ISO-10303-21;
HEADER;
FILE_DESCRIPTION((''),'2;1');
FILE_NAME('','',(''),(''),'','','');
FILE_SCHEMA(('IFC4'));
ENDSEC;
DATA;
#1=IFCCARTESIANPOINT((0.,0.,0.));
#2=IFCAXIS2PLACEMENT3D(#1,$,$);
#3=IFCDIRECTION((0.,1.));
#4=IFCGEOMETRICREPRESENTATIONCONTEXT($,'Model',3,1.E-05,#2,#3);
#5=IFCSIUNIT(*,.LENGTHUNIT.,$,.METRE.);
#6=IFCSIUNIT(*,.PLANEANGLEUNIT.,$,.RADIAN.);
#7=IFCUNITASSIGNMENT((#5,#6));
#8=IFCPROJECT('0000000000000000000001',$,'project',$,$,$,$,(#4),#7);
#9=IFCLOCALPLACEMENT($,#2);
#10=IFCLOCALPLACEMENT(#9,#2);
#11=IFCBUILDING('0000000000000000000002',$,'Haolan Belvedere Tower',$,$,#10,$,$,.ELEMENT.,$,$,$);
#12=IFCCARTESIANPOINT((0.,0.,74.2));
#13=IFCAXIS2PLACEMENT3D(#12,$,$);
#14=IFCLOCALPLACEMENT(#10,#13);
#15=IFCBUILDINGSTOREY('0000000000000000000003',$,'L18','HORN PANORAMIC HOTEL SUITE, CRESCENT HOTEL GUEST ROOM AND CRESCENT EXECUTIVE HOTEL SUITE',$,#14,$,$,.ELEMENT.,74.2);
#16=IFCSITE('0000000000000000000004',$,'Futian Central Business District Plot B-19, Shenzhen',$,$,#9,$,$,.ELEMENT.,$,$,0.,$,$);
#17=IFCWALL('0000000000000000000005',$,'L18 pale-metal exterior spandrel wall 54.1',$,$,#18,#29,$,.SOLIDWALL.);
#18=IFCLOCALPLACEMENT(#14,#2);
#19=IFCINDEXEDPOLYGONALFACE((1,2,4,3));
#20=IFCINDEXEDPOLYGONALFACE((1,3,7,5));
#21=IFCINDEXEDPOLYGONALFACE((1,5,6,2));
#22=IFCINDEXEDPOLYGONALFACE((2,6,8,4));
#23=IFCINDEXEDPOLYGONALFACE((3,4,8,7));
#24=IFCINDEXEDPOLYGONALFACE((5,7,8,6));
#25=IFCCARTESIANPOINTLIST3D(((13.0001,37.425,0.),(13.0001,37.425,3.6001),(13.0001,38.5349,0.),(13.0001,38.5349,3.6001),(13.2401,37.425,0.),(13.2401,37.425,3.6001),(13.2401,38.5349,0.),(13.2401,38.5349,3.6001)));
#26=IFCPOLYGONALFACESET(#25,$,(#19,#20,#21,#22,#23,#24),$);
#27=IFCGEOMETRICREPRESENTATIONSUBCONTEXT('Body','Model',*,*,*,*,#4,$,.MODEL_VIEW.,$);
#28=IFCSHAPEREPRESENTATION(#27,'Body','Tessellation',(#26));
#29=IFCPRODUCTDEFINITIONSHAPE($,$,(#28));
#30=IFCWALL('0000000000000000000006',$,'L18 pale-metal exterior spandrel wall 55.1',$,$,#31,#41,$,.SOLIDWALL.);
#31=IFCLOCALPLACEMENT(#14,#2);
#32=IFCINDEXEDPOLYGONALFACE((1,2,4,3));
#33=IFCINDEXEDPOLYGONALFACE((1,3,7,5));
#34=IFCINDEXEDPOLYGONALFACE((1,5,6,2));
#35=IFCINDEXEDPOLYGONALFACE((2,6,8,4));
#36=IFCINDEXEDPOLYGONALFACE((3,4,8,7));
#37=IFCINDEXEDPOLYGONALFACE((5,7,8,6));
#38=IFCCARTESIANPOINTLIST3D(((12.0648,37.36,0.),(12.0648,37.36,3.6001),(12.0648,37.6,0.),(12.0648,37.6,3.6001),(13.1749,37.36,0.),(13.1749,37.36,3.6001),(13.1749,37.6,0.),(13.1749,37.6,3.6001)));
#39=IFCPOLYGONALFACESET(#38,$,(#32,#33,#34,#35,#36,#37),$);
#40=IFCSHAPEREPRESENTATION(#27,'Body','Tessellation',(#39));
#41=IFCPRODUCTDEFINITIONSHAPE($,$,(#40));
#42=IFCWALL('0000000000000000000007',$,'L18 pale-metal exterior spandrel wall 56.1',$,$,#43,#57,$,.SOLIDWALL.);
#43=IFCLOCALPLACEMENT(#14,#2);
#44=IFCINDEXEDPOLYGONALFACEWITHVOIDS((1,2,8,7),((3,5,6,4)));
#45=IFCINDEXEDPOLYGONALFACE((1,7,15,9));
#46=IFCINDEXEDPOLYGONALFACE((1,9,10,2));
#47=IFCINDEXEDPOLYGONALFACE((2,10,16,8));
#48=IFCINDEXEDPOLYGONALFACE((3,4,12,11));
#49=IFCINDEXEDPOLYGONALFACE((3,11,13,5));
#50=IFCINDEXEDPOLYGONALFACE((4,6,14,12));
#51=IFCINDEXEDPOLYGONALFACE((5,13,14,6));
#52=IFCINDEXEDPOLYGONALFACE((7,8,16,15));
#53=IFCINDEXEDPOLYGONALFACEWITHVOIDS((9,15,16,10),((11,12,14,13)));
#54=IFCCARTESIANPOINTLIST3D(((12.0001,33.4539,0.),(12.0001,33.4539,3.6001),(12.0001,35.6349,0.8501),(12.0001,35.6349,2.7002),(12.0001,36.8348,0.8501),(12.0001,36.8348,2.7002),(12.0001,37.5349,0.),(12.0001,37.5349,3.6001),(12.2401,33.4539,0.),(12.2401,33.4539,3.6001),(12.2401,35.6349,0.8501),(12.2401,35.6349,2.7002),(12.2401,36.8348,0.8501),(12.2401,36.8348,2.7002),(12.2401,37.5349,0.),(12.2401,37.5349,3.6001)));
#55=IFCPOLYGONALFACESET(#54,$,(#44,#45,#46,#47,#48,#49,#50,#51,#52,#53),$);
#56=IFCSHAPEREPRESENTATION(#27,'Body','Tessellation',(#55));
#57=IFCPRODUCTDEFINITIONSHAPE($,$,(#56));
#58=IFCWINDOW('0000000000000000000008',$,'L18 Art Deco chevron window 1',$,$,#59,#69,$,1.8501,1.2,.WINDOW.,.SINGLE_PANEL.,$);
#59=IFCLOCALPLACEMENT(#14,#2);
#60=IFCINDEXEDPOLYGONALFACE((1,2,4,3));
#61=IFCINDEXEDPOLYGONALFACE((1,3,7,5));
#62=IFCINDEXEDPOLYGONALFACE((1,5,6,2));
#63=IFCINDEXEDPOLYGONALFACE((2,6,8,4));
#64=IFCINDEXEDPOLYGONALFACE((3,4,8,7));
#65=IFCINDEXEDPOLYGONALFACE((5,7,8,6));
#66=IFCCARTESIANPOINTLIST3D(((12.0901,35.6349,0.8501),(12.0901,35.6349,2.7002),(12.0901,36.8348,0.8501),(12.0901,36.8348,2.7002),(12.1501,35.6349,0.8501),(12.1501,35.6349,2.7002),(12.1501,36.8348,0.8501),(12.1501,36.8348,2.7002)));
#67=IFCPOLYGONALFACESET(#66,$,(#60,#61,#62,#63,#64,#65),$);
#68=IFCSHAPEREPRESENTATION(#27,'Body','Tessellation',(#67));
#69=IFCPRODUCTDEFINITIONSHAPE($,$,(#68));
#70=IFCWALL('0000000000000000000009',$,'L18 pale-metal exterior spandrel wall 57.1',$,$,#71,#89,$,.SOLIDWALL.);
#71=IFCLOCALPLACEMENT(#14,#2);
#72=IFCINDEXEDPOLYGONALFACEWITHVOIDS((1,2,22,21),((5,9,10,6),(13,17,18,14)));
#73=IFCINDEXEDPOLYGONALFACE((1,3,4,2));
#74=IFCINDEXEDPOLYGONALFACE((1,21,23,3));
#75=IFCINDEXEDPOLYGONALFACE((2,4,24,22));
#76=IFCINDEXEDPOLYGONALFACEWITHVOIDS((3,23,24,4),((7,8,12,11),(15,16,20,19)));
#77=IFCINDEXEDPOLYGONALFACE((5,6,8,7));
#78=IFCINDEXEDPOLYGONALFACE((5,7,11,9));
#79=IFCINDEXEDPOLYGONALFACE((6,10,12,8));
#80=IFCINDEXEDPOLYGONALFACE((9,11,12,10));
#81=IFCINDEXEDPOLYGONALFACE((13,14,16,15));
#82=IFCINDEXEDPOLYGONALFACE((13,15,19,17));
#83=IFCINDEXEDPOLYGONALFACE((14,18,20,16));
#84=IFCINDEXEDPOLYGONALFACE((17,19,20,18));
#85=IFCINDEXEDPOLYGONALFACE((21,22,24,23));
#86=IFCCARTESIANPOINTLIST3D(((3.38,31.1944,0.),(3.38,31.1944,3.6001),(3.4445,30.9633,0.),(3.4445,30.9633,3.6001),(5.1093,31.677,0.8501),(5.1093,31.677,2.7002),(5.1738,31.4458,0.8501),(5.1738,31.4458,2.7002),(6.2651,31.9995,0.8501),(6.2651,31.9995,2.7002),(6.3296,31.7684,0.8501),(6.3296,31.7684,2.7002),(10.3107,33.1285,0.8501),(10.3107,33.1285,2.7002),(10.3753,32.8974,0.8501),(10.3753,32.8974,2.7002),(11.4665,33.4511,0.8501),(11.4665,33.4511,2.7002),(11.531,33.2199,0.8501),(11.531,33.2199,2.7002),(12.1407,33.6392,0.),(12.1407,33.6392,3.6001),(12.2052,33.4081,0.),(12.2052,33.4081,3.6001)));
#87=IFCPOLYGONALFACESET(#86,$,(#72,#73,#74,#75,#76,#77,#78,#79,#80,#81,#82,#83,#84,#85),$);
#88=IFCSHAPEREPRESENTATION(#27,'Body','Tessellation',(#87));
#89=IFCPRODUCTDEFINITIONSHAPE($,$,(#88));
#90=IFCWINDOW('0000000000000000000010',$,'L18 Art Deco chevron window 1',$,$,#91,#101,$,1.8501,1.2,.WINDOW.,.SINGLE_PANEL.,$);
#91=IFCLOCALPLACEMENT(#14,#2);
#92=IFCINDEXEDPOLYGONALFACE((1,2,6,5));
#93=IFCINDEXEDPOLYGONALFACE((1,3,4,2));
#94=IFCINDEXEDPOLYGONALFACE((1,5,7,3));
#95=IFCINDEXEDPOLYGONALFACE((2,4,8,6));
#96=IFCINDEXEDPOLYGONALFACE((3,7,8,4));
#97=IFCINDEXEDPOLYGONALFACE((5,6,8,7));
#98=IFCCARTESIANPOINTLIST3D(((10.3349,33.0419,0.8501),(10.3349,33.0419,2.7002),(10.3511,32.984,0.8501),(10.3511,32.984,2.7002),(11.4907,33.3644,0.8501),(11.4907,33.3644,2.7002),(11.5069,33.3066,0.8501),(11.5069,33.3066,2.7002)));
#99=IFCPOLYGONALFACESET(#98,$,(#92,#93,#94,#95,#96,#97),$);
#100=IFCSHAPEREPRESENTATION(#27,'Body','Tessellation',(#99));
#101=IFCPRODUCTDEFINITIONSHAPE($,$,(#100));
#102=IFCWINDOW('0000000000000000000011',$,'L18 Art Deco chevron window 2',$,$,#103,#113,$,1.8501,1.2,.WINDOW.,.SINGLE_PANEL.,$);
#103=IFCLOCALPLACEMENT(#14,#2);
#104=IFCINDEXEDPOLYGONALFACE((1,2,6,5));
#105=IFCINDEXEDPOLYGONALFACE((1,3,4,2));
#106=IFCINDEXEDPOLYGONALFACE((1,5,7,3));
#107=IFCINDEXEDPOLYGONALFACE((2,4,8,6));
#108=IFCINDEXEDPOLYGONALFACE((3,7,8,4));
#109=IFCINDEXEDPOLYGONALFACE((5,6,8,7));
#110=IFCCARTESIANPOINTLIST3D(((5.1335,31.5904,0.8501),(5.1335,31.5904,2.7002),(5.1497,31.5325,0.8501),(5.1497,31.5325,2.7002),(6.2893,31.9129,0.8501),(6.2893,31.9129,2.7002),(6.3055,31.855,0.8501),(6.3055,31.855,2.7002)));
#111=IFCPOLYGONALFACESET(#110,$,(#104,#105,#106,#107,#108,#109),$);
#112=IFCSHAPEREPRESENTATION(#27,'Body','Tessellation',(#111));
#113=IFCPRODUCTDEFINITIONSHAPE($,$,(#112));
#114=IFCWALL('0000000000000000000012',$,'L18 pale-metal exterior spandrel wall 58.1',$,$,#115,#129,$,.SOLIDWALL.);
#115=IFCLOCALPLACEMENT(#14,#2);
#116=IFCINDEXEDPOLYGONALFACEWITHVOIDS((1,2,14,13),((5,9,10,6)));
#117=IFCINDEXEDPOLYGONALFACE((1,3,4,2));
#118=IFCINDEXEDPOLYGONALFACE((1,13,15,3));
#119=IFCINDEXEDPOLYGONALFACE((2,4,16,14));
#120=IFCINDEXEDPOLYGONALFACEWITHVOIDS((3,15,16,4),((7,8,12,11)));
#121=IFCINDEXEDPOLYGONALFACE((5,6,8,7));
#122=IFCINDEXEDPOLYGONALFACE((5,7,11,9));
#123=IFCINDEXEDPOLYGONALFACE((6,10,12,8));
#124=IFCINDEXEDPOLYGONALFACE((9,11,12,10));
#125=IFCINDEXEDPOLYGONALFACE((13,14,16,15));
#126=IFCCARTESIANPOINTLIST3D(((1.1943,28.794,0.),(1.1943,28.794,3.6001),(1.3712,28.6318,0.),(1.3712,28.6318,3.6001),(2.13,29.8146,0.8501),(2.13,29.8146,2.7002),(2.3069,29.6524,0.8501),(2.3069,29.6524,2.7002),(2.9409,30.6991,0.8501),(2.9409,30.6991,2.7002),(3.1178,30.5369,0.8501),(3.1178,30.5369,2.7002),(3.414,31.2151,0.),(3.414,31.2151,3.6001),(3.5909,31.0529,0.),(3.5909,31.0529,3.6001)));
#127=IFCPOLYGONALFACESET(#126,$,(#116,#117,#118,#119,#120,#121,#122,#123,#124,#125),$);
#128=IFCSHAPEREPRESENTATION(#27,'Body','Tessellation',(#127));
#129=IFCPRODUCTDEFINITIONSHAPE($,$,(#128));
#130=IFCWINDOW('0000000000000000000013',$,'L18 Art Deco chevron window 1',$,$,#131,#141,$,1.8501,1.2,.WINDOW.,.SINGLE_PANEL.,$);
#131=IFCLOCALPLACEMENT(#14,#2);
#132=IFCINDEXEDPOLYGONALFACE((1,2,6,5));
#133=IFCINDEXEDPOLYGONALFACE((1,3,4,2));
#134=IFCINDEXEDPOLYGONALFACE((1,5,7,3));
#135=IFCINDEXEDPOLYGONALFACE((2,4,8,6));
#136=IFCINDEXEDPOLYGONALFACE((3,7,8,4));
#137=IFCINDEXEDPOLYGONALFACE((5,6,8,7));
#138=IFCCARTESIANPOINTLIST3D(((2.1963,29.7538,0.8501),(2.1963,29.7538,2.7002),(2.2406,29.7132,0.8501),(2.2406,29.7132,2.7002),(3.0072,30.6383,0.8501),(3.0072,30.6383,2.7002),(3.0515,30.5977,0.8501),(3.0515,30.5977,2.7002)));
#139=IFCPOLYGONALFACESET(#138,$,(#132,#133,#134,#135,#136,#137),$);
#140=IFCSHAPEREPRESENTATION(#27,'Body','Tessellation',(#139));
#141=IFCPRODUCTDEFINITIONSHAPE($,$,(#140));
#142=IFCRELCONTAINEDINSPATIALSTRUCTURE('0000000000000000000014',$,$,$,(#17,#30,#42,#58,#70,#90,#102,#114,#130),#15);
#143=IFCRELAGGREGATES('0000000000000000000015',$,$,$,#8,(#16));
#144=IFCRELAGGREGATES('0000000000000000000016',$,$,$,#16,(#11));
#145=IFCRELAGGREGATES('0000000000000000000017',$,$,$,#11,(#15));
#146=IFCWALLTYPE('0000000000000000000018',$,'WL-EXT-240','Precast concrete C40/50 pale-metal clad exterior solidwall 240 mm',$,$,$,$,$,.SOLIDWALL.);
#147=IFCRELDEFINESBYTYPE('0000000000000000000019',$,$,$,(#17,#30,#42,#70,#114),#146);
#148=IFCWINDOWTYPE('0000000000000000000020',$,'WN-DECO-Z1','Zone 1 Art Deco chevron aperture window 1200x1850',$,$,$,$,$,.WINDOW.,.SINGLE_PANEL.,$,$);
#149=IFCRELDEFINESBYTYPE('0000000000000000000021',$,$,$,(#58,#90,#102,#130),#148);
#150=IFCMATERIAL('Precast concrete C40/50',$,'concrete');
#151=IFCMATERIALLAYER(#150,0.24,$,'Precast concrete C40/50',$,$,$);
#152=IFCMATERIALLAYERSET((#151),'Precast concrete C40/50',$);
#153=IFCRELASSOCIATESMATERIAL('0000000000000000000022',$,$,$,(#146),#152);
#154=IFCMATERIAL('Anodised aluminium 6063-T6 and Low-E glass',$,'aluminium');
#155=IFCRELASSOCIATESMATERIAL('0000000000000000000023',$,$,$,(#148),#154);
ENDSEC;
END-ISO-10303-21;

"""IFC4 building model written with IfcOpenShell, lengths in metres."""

from ifc_helpers import new_model, si_unit, direction, frame, frame_2d, origin, place, context, subcontext, project, spatial, rectangle, extrude, material, layer, layer_set, type_object, element, fill, save


model = new_model("IFC4")

# Units and contexts
model_context = context("Model", 3, precision=1e-05, world=origin(), true_north=direction((0.0, 1.0)))
body_context = subcontext(model_context, "Body", "Model", "MODEL_VIEW")
ifc_project = project(units=[si_unit("LENGTHUNIT", "METRE"), si_unit("PLANEANGLEUNIT", "RADIAN")], contexts=[model_context])

# Site, building, storey
site_placement = place(None, origin())
site = spatial("IfcSite", under=ifc_project, at=site_placement, Name="Futian Central Business District Plot B-19, Shenzhen", CompositionType="ELEMENT", RefElevation=0.0)
building_placement = place(site_placement, origin())
building = spatial("IfcBuilding", under=site, at=building_placement, Name="Haolan Belvedere Tower", CompositionType="ELEMENT")
storey_placement = place(building_placement, frame((0.0, 0.0, 74.2)))
storey = spatial("IfcBuildingStorey", under=building, at=storey_placement, Name="L18", Description="HORN PANORAMIC HOTEL SUITE, CRESCENT HOTEL GUEST ROOM AND CRESCENT EXECUTIVE HOTEL SUITE", CompositionType="ELEMENT", Elevation=74.2)

# Walls
ifc_material_1 = material(Name="Precast concrete C40/50", Category="concrete")
ifc_layer_1 = layer(ifc_material_1, 0.24, Name="Precast concrete C40/50")
ifc_layer_set_1 = layer_set([ifc_layer_1], Name="Precast concrete C40/50")
wall_type_1 = type_object("IfcWallType", Name="WL-EXT-240", Description="Precast concrete C40/50 pale-metal clad exterior solidwall 240 mm", PredefinedType="SOLIDWALL", material=ifc_layer_set_1)
wall_1_placement = place(storey_placement, frame((13.1201, 38.5349, 0.0), z_axis=(0.0, 0.0, 1.0), x_axis=(0.0, -1.0, 0.0)))
element("IfcWall", 1, at=wall_1_placement, inside=storey, type_object=wall_type_1, Name="L18 pale-metal exterior spandrel wall 54.1", PredefinedType="SOLIDWALL", context=body_context, shape_type="SweptSolid", body=[
    extrude(rectangle(XDim=1.1099, YDim=0.24, at=frame_2d((0.5549, 0.0))), origin(), (0.0, 0.0, 1.0), 3.6001),
])
wall_2_placement = place(storey_placement, frame((13.175, 37.48, 0.0), z_axis=(0.0, 0.0, 1.0), x_axis=(-1.0, 0.0, 0.0)))
element("IfcWall", 2, at=wall_2_placement, inside=storey, type_object=wall_type_1, Name="L18 pale-metal exterior spandrel wall 55.1", PredefinedType="SOLIDWALL", context=body_context, shape_type="SweptSolid", body=[
    extrude(rectangle(XDim=1.1101, YDim=0.24, at=frame_2d((0.5552, 0.0))), origin(), (0.0, 0.0, 1.0), 3.6001),
])

# Wall, opening, window
wall_3_placement = place(storey_placement, frame((12.1201, 37.5349, 0.0), z_axis=(0.0, 0.0, 1.0), x_axis=(0.0, -1.0, 0.0)))
wall_3 = element("IfcWall", 3, at=wall_3_placement, inside=storey, type_object=wall_type_1, Name="L18 pale-metal exterior spandrel wall 56.1", PredefinedType="SOLIDWALL", context=body_context, shape_type="SweptSolid", body=[
    extrude(rectangle(XDim=4.0811, YDim=0.24, at=frame_2d((2.0405, 0.0))), origin(), (0.0, 0.0, 1.0), 3.6001),
])
opening_1_placement = place(wall_3_placement, frame((0.7, 0.0, 0.8501)))
opening_1 = element("IfcOpeningElement", 4, at=opening_1_placement, cuts=wall_3, PredefinedType="OPENING", context=body_context, shape_type="SweptSolid", body=[
    extrude(rectangle(XDim=1.2, YDim=1.8501, at=frame_2d((0.6001, 0.925))), frame((0.0, 0.1299, 0.0), z_axis=(0.0, -1.0, 0.0), x_axis=(1.0, 0.0, 0.0)), (0.0, 0.0, 1.0), 0.26),
])
ifc_material_2 = material(Name="Anodised aluminium 6063-T6 and Low-E glass", Category="aluminium")
window_type = type_object("IfcWindowType", Name="WN-DECO-Z1", Description="Zone 1 Art Deco chevron aperture window 1200x1850", PartitioningType="SINGLE_PANEL", PredefinedType="WINDOW", material=ifc_material_2)
window_1_placement = place(opening_1_placement, origin())
window_1 = element("IfcWindow", 5, at=window_1_placement, inside=storey, type_object=window_type, Name="L18 Art Deco chevron window 1", OverallHeight=1.8501, OverallWidth=1.2, PartitioningType="SINGLE_PANEL", PredefinedType="WINDOW", context=body_context, shape_type="SweptSolid", body=[
    extrude(rectangle(XDim=1.2, YDim=1.8501, at=frame_2d((0.6001, 0.925))), frame((0.0, 0.03, 0.0), z_axis=(0.0, -1.0, 0.0), x_axis=(1.0, 0.0, 0.0)), (0.0, 0.0, 1.0), 0.0601),
])
fill(opening_1, window_1)

# Wall, openings, windows
wall_4_placement = place(storey_placement, frame((12.1731, 33.5237, 0.0), z_axis=(0.0, 0.0, 1.0), x_axis=(-0.963197, -0.268795, 0.0)))
wall_4 = element("IfcWall", 6, at=wall_4_placement, inside=storey, type_object=wall_type_1, Name="L18 pale-metal exterior spandrel wall 57.1", PredefinedType="SOLIDWALL", context=body_context, shape_type="SweptSolid", body=[
    extrude(rectangle(XDim=9.0955, YDim=0.24, at=frame_2d((4.5479, 0.0))), origin(), (0.0, 0.0, 1.0), 3.6001),
])
opening_2_placement = place(wall_4_placement, frame((0.7, 0.0, 0.8501)))
opening_2 = element("IfcOpeningElement", 7, at=opening_2_placement, cuts=wall_4, PredefinedType="OPENING", context=body_context, shape_type="SweptSolid", body=[
    extrude(rectangle(XDim=1.2, YDim=1.8501, at=frame_2d((0.6001, 0.925))), frame((0.0, 0.1299, 0.0), z_axis=(0.0, -1.0, 0.0), x_axis=(1.0, 0.0, 0.0)), (0.0, 0.0, 1.0), 0.26),
])
opening_3_placement = place(wall_4_placement, frame((6.1001, 0.0, 0.8501)))
opening_3 = element("IfcOpeningElement", 8, at=opening_3_placement, cuts=wall_4, PredefinedType="OPENING", context=body_context, shape_type="SweptSolid", body=[
    extrude(rectangle(XDim=1.2, YDim=1.8501, at=frame_2d((0.6001, 0.925))), frame((0.0, 0.1299, 0.0), z_axis=(0.0, -1.0, 0.0), x_axis=(1.0, 0.0, 0.0)), (0.0, 0.0, 1.0), 0.26),
])
window_2_placement = place(opening_2_placement, origin())
window_2 = element("IfcWindow", 9, at=window_2_placement, inside=storey, type_object=window_type, Name="L18 Art Deco chevron window 1", OverallHeight=1.8501, OverallWidth=1.2, PartitioningType="SINGLE_PANEL", PredefinedType="WINDOW", context=body_context, shape_type="SweptSolid", body=[
    extrude(rectangle(XDim=1.2, YDim=1.8501, at=frame_2d((0.6001, 0.925))), frame((0.0, 0.03, 0.0), z_axis=(0.0, -1.0, 0.0), x_axis=(1.0, 0.0, 0.0)), (0.0, 0.0, 1.0), 0.0601),
])
fill(opening_2, window_2)
window_3_placement = place(opening_3_placement, origin())
window_3 = element("IfcWindow", 10, at=window_3_placement, inside=storey, type_object=window_type, Name="L18 Art Deco chevron window 2", OverallHeight=1.8501, OverallWidth=1.2, PartitioningType="SINGLE_PANEL", PredefinedType="WINDOW", context=body_context, shape_type="SweptSolid", body=[
    extrude(rectangle(XDim=1.2, YDim=1.8501, at=frame_2d((0.6001, 0.925))), frame((0.0, 0.03, 0.0), z_axis=(0.0, -1.0, 0.0), x_axis=(1.0, 0.0, 0.0)), (0.0, 0.0, 1.0), 0.0601),
])
fill(opening_3, window_3)

# Wall, opening, window
wall_5_placement = place(storey_placement, frame((3.5024, 31.134, 0.0), z_axis=(0.0, 0.0, 1.0), x_axis=(-0.675782, -0.737102, 0.0)))
wall_5 = element("IfcWall", 11, at=wall_5_placement, inside=storey, type_object=wall_type_1, Name="L18 pale-metal exterior spandrel wall 58.1", PredefinedType="SOLIDWALL", context=body_context, shape_type="SweptSolid", body=[
    extrude(rectangle(XDim=3.2847, YDim=0.24, at=frame_2d((1.6423, 0.0))), origin(), (0.0, 0.0, 1.0), 3.6001),
])
opening_4_placement = place(wall_5_placement, frame((0.7, 0.0, 0.8501)))
opening_4 = element("IfcOpeningElement", 12, at=opening_4_placement, cuts=wall_5, PredefinedType="OPENING", context=body_context, shape_type="SweptSolid", body=[
    extrude(rectangle(XDim=1.2, YDim=1.8501, at=frame_2d((0.6001, 0.925))), frame((0.0, 0.1299, 0.0), z_axis=(0.0, -1.0, 0.0), x_axis=(1.0, 0.0, 0.0)), (0.0, 0.0, 1.0), 0.26),
])
window_4_placement = place(opening_4_placement, origin())
window_4 = element("IfcWindow", 13, at=window_4_placement, inside=storey, type_object=window_type, Name="L18 Art Deco chevron window 1", OverallHeight=1.8501, OverallWidth=1.2, PartitioningType="SINGLE_PANEL", PredefinedType="WINDOW", context=body_context, shape_type="SweptSolid", body=[
    extrude(rectangle(XDim=1.2, YDim=1.8501, at=frame_2d((0.6001, 0.925))), frame((0.0, 0.03, 0.0), z_axis=(0.0, -1.0, 0.0), x_axis=(1.0, 0.0, 0.0)), (0.0, 0.0, 1.0), 0.0601),
])
fill(opening_4, window_4)

save(model, "model.ifc")
